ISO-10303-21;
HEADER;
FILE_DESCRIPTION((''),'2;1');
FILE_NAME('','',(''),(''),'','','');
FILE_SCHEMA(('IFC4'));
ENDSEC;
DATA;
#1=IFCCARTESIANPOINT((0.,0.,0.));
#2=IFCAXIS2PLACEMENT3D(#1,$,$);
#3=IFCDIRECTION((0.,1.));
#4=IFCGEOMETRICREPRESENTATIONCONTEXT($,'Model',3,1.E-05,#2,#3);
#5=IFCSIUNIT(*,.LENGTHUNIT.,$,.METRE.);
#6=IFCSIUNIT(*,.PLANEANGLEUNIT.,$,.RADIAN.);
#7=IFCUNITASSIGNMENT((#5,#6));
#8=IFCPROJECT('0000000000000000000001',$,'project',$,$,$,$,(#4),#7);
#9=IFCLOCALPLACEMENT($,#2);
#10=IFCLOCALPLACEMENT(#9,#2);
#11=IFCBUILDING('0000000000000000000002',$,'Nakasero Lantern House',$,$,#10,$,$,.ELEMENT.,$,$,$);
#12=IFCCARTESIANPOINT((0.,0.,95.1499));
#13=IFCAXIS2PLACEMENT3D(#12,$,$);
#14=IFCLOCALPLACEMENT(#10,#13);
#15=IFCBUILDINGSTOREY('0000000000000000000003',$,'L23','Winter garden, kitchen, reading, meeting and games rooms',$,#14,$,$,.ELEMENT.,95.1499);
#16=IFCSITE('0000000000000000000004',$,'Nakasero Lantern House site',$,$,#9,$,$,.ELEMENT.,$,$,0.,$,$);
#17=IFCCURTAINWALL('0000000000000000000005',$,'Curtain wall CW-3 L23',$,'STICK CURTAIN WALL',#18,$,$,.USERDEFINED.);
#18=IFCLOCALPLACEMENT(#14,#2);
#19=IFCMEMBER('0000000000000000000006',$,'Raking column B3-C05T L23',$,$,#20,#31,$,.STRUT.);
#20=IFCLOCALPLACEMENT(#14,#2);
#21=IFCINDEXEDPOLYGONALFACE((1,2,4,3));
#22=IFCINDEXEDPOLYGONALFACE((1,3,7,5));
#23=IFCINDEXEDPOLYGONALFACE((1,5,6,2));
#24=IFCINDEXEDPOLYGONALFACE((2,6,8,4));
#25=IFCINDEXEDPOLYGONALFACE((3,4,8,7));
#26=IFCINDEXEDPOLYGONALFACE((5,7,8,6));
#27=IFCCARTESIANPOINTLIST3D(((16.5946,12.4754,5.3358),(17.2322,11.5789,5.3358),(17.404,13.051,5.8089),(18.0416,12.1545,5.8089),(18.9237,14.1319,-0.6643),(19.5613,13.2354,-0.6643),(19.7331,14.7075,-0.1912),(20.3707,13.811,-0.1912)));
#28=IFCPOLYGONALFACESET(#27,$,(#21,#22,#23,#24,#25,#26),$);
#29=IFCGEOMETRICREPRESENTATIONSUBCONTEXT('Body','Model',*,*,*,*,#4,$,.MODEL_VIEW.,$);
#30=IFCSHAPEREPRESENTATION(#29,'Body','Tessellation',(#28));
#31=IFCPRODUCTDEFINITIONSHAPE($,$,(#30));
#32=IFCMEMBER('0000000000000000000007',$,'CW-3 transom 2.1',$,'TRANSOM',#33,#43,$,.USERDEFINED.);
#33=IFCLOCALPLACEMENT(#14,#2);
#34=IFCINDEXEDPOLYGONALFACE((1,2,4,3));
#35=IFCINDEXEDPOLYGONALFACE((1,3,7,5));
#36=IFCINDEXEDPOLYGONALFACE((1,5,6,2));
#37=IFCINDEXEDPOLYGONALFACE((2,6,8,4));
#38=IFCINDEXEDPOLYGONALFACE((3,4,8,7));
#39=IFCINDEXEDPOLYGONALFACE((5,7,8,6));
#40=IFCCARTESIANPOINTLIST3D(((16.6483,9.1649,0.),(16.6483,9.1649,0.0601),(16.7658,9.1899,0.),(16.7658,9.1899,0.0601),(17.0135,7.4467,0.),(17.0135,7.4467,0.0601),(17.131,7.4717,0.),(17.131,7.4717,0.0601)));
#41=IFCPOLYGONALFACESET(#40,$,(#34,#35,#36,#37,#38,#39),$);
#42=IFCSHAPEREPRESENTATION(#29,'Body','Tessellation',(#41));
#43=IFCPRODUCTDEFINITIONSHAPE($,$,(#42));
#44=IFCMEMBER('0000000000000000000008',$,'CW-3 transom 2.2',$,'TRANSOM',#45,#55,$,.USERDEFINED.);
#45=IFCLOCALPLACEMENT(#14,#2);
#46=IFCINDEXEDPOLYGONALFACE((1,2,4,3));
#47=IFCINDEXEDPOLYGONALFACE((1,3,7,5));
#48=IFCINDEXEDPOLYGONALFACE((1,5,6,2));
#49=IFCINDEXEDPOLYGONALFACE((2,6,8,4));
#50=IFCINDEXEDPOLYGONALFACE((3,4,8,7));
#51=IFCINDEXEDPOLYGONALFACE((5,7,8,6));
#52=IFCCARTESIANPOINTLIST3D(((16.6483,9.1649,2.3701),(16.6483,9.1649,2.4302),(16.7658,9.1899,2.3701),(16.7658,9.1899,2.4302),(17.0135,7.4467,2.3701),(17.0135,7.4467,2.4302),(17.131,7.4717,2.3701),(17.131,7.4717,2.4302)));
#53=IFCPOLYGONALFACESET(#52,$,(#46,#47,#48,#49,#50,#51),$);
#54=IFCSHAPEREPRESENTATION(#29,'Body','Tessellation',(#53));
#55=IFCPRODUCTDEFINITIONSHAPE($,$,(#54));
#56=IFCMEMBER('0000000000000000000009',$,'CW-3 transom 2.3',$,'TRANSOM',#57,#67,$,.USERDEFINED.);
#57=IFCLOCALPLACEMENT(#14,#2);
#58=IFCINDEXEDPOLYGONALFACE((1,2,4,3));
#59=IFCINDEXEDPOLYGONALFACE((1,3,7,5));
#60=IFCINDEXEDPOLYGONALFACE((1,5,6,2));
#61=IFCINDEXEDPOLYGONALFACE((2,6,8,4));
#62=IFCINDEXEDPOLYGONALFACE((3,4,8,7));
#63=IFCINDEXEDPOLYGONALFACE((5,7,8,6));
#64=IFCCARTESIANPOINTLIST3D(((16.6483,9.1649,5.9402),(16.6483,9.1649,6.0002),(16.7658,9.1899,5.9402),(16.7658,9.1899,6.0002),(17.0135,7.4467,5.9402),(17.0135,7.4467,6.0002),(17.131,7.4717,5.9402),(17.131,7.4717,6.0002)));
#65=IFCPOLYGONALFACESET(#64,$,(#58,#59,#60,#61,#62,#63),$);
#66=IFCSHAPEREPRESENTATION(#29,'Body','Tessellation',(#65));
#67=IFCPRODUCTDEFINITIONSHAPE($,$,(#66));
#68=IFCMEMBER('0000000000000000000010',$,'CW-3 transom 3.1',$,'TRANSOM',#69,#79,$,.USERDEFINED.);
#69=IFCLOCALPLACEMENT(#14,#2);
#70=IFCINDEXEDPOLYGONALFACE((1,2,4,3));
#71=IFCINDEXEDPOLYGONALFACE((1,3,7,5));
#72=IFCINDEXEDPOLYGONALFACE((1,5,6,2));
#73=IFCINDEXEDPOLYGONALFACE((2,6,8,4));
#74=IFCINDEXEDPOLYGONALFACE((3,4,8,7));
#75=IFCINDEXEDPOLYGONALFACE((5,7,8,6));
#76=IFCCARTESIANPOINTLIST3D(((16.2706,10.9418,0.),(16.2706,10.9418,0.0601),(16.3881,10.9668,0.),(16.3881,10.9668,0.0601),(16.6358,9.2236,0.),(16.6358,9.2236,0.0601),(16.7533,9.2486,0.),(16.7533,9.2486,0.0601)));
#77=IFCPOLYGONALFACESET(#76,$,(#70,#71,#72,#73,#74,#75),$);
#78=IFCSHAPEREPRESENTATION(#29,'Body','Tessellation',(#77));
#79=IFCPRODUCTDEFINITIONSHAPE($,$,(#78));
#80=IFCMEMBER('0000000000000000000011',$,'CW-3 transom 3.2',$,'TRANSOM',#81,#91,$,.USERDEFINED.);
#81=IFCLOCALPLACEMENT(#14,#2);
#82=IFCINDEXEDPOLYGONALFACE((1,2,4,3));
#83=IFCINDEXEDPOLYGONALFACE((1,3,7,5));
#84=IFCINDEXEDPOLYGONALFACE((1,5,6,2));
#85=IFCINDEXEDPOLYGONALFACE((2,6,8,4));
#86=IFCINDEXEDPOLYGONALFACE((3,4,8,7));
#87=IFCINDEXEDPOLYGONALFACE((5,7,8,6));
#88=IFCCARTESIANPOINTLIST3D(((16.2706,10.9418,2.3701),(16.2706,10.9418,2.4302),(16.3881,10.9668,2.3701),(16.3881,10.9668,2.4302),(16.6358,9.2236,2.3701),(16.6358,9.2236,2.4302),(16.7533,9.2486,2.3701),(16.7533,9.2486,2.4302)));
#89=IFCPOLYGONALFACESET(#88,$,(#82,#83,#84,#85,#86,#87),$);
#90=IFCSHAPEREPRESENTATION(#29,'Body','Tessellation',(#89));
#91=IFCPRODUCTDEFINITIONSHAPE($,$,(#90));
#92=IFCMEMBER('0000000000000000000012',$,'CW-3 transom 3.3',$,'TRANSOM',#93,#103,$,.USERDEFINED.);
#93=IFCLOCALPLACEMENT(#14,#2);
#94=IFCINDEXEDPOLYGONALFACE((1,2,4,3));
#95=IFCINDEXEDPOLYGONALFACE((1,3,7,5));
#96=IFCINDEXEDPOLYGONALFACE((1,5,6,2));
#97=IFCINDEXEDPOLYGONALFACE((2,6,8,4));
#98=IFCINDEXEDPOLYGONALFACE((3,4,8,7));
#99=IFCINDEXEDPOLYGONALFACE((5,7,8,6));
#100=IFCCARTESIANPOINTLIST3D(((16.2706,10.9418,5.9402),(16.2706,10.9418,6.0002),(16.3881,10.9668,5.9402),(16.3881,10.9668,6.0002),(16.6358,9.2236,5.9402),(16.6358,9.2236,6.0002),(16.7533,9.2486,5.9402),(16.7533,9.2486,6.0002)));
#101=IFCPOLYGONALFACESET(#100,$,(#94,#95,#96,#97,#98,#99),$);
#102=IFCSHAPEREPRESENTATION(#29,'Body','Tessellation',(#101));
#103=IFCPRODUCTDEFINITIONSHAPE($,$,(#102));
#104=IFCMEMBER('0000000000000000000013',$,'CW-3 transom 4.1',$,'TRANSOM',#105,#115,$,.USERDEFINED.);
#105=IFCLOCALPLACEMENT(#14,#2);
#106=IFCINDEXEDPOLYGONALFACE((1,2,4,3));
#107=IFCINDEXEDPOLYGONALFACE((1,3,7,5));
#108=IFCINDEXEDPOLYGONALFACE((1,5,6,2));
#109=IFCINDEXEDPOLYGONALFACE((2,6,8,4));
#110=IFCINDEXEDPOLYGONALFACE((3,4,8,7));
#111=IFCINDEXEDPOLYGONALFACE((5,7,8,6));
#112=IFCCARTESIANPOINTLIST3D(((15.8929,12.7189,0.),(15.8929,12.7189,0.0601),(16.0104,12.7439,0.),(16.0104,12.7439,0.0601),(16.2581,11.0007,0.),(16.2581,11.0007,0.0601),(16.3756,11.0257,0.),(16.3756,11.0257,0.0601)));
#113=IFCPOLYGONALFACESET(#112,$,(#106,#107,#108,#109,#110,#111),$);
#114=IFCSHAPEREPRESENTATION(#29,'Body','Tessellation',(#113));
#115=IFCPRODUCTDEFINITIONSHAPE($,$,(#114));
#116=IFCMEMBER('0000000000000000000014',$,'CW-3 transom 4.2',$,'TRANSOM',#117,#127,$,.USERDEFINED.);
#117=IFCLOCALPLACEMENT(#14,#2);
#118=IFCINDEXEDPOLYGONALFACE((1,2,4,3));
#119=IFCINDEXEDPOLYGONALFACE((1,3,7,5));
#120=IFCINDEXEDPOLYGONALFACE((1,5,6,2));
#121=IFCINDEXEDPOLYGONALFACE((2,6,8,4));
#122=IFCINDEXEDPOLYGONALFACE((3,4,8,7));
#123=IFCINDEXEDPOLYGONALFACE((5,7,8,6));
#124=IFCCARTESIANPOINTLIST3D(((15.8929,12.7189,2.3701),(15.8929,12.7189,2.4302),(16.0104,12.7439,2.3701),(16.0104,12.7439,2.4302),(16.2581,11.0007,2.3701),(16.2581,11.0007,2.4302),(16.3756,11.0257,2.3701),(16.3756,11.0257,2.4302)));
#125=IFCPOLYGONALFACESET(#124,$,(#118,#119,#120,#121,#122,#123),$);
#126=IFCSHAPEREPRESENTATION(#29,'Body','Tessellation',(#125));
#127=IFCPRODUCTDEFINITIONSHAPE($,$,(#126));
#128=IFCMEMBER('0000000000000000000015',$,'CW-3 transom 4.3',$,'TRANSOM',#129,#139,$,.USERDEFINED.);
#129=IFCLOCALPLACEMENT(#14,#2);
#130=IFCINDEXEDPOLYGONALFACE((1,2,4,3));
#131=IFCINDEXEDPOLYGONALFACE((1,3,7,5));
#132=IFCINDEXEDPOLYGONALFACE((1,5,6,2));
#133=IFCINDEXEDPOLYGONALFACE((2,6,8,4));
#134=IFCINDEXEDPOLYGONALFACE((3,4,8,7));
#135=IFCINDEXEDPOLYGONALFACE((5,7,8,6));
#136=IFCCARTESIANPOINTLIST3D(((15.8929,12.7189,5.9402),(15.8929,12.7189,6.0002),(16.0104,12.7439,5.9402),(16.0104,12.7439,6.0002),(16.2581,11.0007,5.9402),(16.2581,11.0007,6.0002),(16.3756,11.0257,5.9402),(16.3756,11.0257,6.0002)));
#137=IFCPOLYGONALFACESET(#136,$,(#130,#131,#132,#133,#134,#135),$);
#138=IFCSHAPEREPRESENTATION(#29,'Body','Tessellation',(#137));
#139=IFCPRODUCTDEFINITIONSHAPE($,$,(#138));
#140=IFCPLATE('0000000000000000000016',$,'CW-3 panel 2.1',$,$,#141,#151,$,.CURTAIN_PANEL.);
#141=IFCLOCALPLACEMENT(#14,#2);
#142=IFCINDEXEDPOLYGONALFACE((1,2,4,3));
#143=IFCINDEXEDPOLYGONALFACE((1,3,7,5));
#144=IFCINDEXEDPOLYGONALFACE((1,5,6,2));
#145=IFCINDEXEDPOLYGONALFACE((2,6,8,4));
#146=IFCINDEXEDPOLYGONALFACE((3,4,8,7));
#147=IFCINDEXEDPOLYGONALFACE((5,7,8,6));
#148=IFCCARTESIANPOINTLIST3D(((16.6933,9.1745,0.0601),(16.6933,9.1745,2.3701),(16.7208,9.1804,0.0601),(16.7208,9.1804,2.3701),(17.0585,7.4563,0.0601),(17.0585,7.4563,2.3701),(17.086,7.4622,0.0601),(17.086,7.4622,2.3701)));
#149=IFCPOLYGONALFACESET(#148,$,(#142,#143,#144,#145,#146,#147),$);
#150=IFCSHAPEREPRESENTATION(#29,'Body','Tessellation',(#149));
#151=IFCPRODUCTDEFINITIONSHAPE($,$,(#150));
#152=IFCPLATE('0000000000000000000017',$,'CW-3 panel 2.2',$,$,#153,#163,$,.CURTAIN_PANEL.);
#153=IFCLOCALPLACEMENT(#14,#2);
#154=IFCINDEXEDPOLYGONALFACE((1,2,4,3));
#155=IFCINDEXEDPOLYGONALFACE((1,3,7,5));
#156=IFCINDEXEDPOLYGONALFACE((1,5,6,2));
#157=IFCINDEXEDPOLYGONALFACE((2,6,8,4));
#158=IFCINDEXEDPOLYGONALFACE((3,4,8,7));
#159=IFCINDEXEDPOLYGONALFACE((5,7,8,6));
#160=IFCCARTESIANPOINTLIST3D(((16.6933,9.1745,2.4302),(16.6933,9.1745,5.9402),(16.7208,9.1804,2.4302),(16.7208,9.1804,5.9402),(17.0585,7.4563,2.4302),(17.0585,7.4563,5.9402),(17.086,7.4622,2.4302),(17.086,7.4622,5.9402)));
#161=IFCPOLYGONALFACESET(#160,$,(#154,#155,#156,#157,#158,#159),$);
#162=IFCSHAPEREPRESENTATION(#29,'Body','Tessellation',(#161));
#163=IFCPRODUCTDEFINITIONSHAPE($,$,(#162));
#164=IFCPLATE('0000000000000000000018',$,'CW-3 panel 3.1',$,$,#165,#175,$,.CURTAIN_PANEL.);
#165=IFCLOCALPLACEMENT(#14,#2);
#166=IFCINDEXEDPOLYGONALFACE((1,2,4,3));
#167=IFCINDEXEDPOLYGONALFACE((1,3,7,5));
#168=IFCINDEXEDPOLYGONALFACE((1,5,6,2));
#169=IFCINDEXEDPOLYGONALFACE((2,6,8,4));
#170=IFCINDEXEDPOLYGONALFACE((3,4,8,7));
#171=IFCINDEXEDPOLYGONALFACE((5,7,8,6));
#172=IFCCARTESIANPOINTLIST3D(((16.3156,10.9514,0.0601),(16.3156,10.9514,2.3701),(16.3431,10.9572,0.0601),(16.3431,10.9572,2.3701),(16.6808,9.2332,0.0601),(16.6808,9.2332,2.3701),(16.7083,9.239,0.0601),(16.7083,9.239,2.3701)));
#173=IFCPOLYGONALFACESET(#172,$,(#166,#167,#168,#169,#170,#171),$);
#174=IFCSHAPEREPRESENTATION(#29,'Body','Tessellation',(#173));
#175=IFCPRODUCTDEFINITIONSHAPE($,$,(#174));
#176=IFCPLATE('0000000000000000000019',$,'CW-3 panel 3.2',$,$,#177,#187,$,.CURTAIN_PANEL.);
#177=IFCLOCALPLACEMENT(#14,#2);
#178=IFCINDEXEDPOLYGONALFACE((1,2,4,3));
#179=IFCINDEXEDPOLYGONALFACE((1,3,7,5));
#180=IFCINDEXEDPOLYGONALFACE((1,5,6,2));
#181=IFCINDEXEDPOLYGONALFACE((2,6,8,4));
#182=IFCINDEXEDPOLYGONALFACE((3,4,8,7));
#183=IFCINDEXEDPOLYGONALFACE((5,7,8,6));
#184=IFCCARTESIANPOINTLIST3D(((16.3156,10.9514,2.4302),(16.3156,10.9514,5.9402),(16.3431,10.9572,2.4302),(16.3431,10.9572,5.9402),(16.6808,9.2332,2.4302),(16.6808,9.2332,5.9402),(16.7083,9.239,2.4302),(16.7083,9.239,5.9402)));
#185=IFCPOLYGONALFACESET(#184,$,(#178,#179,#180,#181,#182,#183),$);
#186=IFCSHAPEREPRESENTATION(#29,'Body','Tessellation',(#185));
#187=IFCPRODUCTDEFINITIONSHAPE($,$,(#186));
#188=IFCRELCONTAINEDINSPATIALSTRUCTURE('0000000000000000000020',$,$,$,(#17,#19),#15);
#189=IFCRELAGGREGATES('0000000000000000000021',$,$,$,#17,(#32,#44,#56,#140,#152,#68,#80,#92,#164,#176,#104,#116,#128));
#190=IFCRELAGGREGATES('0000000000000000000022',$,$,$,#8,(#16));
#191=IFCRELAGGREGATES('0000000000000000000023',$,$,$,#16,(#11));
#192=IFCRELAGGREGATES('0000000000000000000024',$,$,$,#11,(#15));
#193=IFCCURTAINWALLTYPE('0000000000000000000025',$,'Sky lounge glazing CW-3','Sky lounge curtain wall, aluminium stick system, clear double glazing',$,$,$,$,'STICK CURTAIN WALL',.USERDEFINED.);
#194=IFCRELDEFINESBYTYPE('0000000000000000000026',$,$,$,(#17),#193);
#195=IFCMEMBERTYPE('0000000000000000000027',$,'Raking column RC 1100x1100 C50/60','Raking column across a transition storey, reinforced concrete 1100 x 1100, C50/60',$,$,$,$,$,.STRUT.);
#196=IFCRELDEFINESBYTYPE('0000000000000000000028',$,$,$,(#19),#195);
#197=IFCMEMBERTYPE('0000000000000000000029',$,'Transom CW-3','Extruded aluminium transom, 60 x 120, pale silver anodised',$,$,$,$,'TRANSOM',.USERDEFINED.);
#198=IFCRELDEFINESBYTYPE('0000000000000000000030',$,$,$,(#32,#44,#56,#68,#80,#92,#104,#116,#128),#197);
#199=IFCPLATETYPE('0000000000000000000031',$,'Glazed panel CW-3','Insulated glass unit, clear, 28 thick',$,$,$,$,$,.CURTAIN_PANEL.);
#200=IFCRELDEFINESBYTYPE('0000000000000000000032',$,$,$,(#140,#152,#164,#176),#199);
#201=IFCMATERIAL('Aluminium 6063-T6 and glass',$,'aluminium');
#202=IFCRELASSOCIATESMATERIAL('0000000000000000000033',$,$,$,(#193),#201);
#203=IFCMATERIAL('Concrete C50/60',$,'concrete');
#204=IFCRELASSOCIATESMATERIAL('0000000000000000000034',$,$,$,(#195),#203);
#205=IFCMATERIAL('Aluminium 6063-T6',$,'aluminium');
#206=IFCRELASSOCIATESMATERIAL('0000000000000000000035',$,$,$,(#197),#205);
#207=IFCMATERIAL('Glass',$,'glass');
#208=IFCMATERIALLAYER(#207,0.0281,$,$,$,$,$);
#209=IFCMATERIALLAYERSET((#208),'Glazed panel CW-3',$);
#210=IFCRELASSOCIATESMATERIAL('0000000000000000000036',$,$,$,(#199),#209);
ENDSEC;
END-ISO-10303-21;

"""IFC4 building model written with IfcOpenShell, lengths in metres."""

from ifc_helpers import new_model, si_unit, direction, frame, origin, origin_2d, place, context, subcontext, project, spatial, rectangle, extrude, material, layer, layer_set, material_profile, profile_set, type_object, element, aggregate, save


model = new_model("IFC4")

# Units and contexts
model_context = context("Model", 3, precision=1e-05, world=origin(), true_north=direction((0.0, 1.0)))
body_context = subcontext(model_context, "Body", "Model", "MODEL_VIEW")
ifc_project = project(units=[si_unit("LENGTHUNIT", "METRE"), si_unit("PLANEANGLEUNIT", "RADIAN")], contexts=[model_context])

# Site, building, storey
site_placement = place(None, origin())
site = spatial("IfcSite", under=ifc_project, at=site_placement, Name="Nakasero Lantern House site", CompositionType="ELEMENT", RefElevation=0.0)
building_placement = place(site_placement, origin())
building = spatial("IfcBuilding", under=site, at=building_placement, Name="Nakasero Lantern House", CompositionType="ELEMENT")
storey_placement = place(building_placement, frame((0.0, 0.0, 95.1499)))
storey = spatial("IfcBuildingStorey", under=building, at=storey_placement, Name="L23", Description="Winter garden, kitchen, reading, meeting and games rooms", CompositionType="ELEMENT", Elevation=95.1499)

# Curtain wall
ifc_material_1 = material(Name="Aluminium 6063-T6 and glass", Category="aluminium")
curtain_wall_type = type_object("IfcCurtainWallType", Name="Sky lounge glazing CW-3", Description="Sky lounge curtain wall, aluminium stick system, clear double glazing", ElementType="STICK CURTAIN WALL", PredefinedType="USERDEFINED", material=ifc_material_1)
curtain_wall_placement = place(storey_placement, origin())
curtain_wall = element("IfcCurtainWall", 1, at=curtain_wall_placement, inside=storey, type_object=curtain_wall_type, Name="Curtain wall CW-3 L23", ObjectType="STICK CURTAIN WALL", PredefinedType="USERDEFINED")

# Members
ifc_material_2 = material(Name="Concrete C50/60", Category="concrete")
ifc_material_profile_1 = material_profile(ifc_material_2, rectangle(XDim=1.1001, YDim=1.1001, at=origin_2d()), Name="RC 1100x1100")
ifc_profile_set_1 = profile_set([ifc_material_profile_1], Name="Concrete C50/60")
member_type_1 = type_object("IfcMemberType", Name="Raking column RC 1100x1100 C50/60", Description="Raking column across a transition storey, reinforced concrete 1100 x 1100, C50/60", PredefinedType="STRUT", material=ifc_profile_set_1)
member_1_placement = place(storey_placement, frame((19.6472, 13.9714, -0.4277), z_axis=(-0.350454, -0.249249, 0.902805), x_axis=(0.579581, -0.814915, 0.0)))
element("IfcMember", 2, at=member_1_placement, inside=storey, type_object=member_type_1, Name="Raking column B3-C05T L23", PredefinedType="STRUT", context=body_context, shape_type="SweptSolid", body=[
    extrude(rectangle(XDim=1.1001, YDim=1.1001, at=origin_2d()), origin(), (0.0, 0.0, 1.0), 6.646),
])
ifc_material_3 = material(Name="Aluminium 6063-T6", Category="aluminium")
ifc_material_profile_2 = material_profile(ifc_material_3, rectangle(XDim=0.0601, YDim=0.1201, at=origin_2d()), Name="CW-3 transom 60x120")
ifc_profile_set_2 = profile_set([ifc_material_profile_2], Name="Aluminium 6063-T6")
member_type_2 = type_object("IfcMemberType", Name="Transom CW-3", Description="Extruded aluminium transom, 60 x 120, pale silver anodised", ElementType="TRANSOM", PredefinedType="USERDEFINED", material=ifc_profile_set_2)
member_2_placement = place(storey_placement, frame((17.0723, 7.4592, 0.03), z_axis=(-0.207915, 0.978147, 0.0), x_axis=(0.0, 0.0, 1.0)))
member_2 = element("IfcMember", 3, at=member_2_placement, type_object=member_type_2, Name="CW-3 transom 2.1", ObjectType="TRANSOM", PredefinedType="USERDEFINED", context=body_context, shape_type="SweptSolid", body=[
    extrude(rectangle(XDim=0.0601, YDim=0.1201, at=origin_2d()), origin(), (0.0, 0.0, 1.0), 1.7566),
])
member_3_placement = place(storey_placement, frame((17.0723, 7.4592, 2.4001), z_axis=(-0.207915, 0.978147, 0.0), x_axis=(0.0, 0.0, 1.0)))
member_3 = element("IfcMember", 4, at=member_3_placement, type_object=member_type_2, Name="CW-3 transom 2.2", ObjectType="TRANSOM", PredefinedType="USERDEFINED", context=body_context, shape_type="SweptSolid", body=[
    extrude(rectangle(XDim=0.0601, YDim=0.1201, at=origin_2d()), origin(), (0.0, 0.0, 1.0), 1.7566),
])
member_4_placement = place(storey_placement, frame((17.0723, 7.4592, 5.9702), z_axis=(-0.207915, 0.978147, 0.0), x_axis=(0.0, 0.0, 1.0)))
member_4 = element("IfcMember", 5, at=member_4_placement, type_object=member_type_2, Name="CW-3 transom 2.3", ObjectType="TRANSOM", PredefinedType="USERDEFINED", context=body_context, shape_type="SweptSolid", body=[
    extrude(rectangle(XDim=0.0601, YDim=0.1201, at=origin_2d()), origin(), (0.0, 0.0, 1.0), 1.7566),
])
member_5_placement = place(storey_placement, frame((16.6946, 9.2361, 0.03), z_axis=(-0.207915, 0.978147, 0.0), x_axis=(0.0, 0.0, 1.0)))
member_5 = element("IfcMember", 6, at=member_5_placement, type_object=member_type_2, Name="CW-3 transom 3.1", ObjectType="TRANSOM", PredefinedType="USERDEFINED", context=body_context, shape_type="SweptSolid", body=[
    extrude(rectangle(XDim=0.0601, YDim=0.1201, at=origin_2d()), origin(), (0.0, 0.0, 1.0), 1.7566),
])
member_6_placement = place(storey_placement, frame((16.6946, 9.2361, 2.4001), z_axis=(-0.207915, 0.978147, 0.0), x_axis=(0.0, 0.0, 1.0)))
member_6 = element("IfcMember", 7, at=member_6_placement, type_object=member_type_2, Name="CW-3 transom 3.2", ObjectType="TRANSOM", PredefinedType="USERDEFINED", context=body_context, shape_type="SweptSolid", body=[
    extrude(rectangle(XDim=0.0601, YDim=0.1201, at=origin_2d()), origin(), (0.0, 0.0, 1.0), 1.7566),
])
member_7_placement = place(storey_placement, frame((16.6946, 9.2361, 5.9702), z_axis=(-0.207915, 0.978147, 0.0), x_axis=(0.0, 0.0, 1.0)))
member_7 = element("IfcMember", 8, at=member_7_placement, type_object=member_type_2, Name="CW-3 transom 3.3", ObjectType="TRANSOM", PredefinedType="USERDEFINED", context=body_context, shape_type="SweptSolid", body=[
    extrude(rectangle(XDim=0.0601, YDim=0.1201, at=origin_2d()), origin(), (0.0, 0.0, 1.0), 1.7566),
])
member_8_placement = place(storey_placement, frame((16.3169, 11.0132, 0.03), z_axis=(-0.207915, 0.978147, 0.0), x_axis=(0.0, 0.0, 1.0)))
member_8 = element("IfcMember", 9, at=member_8_placement, type_object=member_type_2, Name="CW-3 transom 4.1", ObjectType="TRANSOM", PredefinedType="USERDEFINED", context=body_context, shape_type="SweptSolid", body=[
    extrude(rectangle(XDim=0.0601, YDim=0.1201, at=origin_2d()), origin(), (0.0, 0.0, 1.0), 1.7566),
])
member_9_placement = place(storey_placement, frame((16.3169, 11.0132, 2.4001), z_axis=(-0.207915, 0.978147, 0.0), x_axis=(0.0, 0.0, 1.0)))
member_9 = element("IfcMember", 10, at=member_9_placement, type_object=member_type_2, Name="CW-3 transom 4.2", ObjectType="TRANSOM", PredefinedType="USERDEFINED", context=body_context, shape_type="SweptSolid", body=[
    extrude(rectangle(XDim=0.0601, YDim=0.1201, at=origin_2d()), origin(), (0.0, 0.0, 1.0), 1.7566),
])
member_10_placement = place(storey_placement, frame((16.3169, 11.0132, 5.9702), z_axis=(-0.207915, 0.978147, 0.0), x_axis=(0.0, 0.0, 1.0)))
member_10 = element("IfcMember", 11, at=member_10_placement, type_object=member_type_2, Name="CW-3 transom 4.3", ObjectType="TRANSOM", PredefinedType="USERDEFINED", context=body_context, shape_type="SweptSolid", body=[
    extrude(rectangle(XDim=0.0601, YDim=0.1201, at=origin_2d()), origin(), (0.0, 0.0, 1.0), 1.7566),
])

# Plates
ifc_material_4 = material(Name="Glass", Category="glass")
ifc_layer_1 = layer(ifc_material_4, 0.0281)
ifc_layer_set_1 = layer_set([ifc_layer_1], Name="Glazed panel CW-3")
plate_type_1 = type_object("IfcPlateType", Name="Glazed panel CW-3", Description="Insulated glass unit, clear, 28 thick", PredefinedType="CURTAIN_PANEL", material=ifc_layer_set_1)
plate_1_placement = place(storey_placement, frame((16.8896, 8.3184, 0.0601), z_axis=(0.0, 0.0, 1.0), x_axis=(-0.207912, 0.978148, 0.0)))
plate_1 = element("IfcPlate", 12, at=plate_1_placement, type_object=plate_type_1, Name="CW-3 panel 2.1", PredefinedType="CURTAIN_PANEL", context=body_context, shape_type="SweptSolid", body=[
    extrude(rectangle(XDim=1.7566, YDim=0.0281, at=origin_2d()), origin(), (0.0, 0.0, 1.0), 2.3101),
])
plate_2_placement = place(storey_placement, frame((16.8896, 8.3184, 2.4302), z_axis=(0.0, 0.0, 1.0), x_axis=(-0.207912, 0.978148, 0.0)))
plate_2 = element("IfcPlate", 13, at=plate_2_placement, type_object=plate_type_1, Name="CW-3 panel 2.2", PredefinedType="CURTAIN_PANEL", context=body_context, shape_type="SweptSolid", body=[
    extrude(rectangle(XDim=1.7566, YDim=0.0281, at=origin_2d()), origin(), (0.0, 0.0, 1.0), 3.51),
])
plate_3_placement = place(storey_placement, frame((16.512, 10.0952, 0.0601), z_axis=(0.0, 0.0, 1.0), x_axis=(-0.207912, 0.978148, 0.0)))
plate_3 = element("IfcPlate", 14, at=plate_3_placement, type_object=plate_type_1, Name="CW-3 panel 3.1", PredefinedType="CURTAIN_PANEL", context=body_context, shape_type="SweptSolid", body=[
    extrude(rectangle(XDim=1.7566, YDim=0.0281, at=origin_2d()), origin(), (0.0, 0.0, 1.0), 2.3101),
])
plate_4_placement = place(storey_placement, frame((16.512, 10.0952, 2.4302), z_axis=(0.0, 0.0, 1.0), x_axis=(-0.207912, 0.978148, 0.0)))
plate_4 = element("IfcPlate", 15, at=plate_4_placement, type_object=plate_type_1, Name="CW-3 panel 3.2", PredefinedType="CURTAIN_PANEL", context=body_context, shape_type="SweptSolid", body=[
    extrude(rectangle(XDim=1.7566, YDim=0.0281, at=origin_2d()), origin(), (0.0, 0.0, 1.0), 3.51),
])
aggregate(curtain_wall, [member_2, member_3, member_4, plate_1, plate_2, member_5, member_6, member_7, plate_3, plate_4, member_8, member_9, member_10])

save(model, "model.ifc")
